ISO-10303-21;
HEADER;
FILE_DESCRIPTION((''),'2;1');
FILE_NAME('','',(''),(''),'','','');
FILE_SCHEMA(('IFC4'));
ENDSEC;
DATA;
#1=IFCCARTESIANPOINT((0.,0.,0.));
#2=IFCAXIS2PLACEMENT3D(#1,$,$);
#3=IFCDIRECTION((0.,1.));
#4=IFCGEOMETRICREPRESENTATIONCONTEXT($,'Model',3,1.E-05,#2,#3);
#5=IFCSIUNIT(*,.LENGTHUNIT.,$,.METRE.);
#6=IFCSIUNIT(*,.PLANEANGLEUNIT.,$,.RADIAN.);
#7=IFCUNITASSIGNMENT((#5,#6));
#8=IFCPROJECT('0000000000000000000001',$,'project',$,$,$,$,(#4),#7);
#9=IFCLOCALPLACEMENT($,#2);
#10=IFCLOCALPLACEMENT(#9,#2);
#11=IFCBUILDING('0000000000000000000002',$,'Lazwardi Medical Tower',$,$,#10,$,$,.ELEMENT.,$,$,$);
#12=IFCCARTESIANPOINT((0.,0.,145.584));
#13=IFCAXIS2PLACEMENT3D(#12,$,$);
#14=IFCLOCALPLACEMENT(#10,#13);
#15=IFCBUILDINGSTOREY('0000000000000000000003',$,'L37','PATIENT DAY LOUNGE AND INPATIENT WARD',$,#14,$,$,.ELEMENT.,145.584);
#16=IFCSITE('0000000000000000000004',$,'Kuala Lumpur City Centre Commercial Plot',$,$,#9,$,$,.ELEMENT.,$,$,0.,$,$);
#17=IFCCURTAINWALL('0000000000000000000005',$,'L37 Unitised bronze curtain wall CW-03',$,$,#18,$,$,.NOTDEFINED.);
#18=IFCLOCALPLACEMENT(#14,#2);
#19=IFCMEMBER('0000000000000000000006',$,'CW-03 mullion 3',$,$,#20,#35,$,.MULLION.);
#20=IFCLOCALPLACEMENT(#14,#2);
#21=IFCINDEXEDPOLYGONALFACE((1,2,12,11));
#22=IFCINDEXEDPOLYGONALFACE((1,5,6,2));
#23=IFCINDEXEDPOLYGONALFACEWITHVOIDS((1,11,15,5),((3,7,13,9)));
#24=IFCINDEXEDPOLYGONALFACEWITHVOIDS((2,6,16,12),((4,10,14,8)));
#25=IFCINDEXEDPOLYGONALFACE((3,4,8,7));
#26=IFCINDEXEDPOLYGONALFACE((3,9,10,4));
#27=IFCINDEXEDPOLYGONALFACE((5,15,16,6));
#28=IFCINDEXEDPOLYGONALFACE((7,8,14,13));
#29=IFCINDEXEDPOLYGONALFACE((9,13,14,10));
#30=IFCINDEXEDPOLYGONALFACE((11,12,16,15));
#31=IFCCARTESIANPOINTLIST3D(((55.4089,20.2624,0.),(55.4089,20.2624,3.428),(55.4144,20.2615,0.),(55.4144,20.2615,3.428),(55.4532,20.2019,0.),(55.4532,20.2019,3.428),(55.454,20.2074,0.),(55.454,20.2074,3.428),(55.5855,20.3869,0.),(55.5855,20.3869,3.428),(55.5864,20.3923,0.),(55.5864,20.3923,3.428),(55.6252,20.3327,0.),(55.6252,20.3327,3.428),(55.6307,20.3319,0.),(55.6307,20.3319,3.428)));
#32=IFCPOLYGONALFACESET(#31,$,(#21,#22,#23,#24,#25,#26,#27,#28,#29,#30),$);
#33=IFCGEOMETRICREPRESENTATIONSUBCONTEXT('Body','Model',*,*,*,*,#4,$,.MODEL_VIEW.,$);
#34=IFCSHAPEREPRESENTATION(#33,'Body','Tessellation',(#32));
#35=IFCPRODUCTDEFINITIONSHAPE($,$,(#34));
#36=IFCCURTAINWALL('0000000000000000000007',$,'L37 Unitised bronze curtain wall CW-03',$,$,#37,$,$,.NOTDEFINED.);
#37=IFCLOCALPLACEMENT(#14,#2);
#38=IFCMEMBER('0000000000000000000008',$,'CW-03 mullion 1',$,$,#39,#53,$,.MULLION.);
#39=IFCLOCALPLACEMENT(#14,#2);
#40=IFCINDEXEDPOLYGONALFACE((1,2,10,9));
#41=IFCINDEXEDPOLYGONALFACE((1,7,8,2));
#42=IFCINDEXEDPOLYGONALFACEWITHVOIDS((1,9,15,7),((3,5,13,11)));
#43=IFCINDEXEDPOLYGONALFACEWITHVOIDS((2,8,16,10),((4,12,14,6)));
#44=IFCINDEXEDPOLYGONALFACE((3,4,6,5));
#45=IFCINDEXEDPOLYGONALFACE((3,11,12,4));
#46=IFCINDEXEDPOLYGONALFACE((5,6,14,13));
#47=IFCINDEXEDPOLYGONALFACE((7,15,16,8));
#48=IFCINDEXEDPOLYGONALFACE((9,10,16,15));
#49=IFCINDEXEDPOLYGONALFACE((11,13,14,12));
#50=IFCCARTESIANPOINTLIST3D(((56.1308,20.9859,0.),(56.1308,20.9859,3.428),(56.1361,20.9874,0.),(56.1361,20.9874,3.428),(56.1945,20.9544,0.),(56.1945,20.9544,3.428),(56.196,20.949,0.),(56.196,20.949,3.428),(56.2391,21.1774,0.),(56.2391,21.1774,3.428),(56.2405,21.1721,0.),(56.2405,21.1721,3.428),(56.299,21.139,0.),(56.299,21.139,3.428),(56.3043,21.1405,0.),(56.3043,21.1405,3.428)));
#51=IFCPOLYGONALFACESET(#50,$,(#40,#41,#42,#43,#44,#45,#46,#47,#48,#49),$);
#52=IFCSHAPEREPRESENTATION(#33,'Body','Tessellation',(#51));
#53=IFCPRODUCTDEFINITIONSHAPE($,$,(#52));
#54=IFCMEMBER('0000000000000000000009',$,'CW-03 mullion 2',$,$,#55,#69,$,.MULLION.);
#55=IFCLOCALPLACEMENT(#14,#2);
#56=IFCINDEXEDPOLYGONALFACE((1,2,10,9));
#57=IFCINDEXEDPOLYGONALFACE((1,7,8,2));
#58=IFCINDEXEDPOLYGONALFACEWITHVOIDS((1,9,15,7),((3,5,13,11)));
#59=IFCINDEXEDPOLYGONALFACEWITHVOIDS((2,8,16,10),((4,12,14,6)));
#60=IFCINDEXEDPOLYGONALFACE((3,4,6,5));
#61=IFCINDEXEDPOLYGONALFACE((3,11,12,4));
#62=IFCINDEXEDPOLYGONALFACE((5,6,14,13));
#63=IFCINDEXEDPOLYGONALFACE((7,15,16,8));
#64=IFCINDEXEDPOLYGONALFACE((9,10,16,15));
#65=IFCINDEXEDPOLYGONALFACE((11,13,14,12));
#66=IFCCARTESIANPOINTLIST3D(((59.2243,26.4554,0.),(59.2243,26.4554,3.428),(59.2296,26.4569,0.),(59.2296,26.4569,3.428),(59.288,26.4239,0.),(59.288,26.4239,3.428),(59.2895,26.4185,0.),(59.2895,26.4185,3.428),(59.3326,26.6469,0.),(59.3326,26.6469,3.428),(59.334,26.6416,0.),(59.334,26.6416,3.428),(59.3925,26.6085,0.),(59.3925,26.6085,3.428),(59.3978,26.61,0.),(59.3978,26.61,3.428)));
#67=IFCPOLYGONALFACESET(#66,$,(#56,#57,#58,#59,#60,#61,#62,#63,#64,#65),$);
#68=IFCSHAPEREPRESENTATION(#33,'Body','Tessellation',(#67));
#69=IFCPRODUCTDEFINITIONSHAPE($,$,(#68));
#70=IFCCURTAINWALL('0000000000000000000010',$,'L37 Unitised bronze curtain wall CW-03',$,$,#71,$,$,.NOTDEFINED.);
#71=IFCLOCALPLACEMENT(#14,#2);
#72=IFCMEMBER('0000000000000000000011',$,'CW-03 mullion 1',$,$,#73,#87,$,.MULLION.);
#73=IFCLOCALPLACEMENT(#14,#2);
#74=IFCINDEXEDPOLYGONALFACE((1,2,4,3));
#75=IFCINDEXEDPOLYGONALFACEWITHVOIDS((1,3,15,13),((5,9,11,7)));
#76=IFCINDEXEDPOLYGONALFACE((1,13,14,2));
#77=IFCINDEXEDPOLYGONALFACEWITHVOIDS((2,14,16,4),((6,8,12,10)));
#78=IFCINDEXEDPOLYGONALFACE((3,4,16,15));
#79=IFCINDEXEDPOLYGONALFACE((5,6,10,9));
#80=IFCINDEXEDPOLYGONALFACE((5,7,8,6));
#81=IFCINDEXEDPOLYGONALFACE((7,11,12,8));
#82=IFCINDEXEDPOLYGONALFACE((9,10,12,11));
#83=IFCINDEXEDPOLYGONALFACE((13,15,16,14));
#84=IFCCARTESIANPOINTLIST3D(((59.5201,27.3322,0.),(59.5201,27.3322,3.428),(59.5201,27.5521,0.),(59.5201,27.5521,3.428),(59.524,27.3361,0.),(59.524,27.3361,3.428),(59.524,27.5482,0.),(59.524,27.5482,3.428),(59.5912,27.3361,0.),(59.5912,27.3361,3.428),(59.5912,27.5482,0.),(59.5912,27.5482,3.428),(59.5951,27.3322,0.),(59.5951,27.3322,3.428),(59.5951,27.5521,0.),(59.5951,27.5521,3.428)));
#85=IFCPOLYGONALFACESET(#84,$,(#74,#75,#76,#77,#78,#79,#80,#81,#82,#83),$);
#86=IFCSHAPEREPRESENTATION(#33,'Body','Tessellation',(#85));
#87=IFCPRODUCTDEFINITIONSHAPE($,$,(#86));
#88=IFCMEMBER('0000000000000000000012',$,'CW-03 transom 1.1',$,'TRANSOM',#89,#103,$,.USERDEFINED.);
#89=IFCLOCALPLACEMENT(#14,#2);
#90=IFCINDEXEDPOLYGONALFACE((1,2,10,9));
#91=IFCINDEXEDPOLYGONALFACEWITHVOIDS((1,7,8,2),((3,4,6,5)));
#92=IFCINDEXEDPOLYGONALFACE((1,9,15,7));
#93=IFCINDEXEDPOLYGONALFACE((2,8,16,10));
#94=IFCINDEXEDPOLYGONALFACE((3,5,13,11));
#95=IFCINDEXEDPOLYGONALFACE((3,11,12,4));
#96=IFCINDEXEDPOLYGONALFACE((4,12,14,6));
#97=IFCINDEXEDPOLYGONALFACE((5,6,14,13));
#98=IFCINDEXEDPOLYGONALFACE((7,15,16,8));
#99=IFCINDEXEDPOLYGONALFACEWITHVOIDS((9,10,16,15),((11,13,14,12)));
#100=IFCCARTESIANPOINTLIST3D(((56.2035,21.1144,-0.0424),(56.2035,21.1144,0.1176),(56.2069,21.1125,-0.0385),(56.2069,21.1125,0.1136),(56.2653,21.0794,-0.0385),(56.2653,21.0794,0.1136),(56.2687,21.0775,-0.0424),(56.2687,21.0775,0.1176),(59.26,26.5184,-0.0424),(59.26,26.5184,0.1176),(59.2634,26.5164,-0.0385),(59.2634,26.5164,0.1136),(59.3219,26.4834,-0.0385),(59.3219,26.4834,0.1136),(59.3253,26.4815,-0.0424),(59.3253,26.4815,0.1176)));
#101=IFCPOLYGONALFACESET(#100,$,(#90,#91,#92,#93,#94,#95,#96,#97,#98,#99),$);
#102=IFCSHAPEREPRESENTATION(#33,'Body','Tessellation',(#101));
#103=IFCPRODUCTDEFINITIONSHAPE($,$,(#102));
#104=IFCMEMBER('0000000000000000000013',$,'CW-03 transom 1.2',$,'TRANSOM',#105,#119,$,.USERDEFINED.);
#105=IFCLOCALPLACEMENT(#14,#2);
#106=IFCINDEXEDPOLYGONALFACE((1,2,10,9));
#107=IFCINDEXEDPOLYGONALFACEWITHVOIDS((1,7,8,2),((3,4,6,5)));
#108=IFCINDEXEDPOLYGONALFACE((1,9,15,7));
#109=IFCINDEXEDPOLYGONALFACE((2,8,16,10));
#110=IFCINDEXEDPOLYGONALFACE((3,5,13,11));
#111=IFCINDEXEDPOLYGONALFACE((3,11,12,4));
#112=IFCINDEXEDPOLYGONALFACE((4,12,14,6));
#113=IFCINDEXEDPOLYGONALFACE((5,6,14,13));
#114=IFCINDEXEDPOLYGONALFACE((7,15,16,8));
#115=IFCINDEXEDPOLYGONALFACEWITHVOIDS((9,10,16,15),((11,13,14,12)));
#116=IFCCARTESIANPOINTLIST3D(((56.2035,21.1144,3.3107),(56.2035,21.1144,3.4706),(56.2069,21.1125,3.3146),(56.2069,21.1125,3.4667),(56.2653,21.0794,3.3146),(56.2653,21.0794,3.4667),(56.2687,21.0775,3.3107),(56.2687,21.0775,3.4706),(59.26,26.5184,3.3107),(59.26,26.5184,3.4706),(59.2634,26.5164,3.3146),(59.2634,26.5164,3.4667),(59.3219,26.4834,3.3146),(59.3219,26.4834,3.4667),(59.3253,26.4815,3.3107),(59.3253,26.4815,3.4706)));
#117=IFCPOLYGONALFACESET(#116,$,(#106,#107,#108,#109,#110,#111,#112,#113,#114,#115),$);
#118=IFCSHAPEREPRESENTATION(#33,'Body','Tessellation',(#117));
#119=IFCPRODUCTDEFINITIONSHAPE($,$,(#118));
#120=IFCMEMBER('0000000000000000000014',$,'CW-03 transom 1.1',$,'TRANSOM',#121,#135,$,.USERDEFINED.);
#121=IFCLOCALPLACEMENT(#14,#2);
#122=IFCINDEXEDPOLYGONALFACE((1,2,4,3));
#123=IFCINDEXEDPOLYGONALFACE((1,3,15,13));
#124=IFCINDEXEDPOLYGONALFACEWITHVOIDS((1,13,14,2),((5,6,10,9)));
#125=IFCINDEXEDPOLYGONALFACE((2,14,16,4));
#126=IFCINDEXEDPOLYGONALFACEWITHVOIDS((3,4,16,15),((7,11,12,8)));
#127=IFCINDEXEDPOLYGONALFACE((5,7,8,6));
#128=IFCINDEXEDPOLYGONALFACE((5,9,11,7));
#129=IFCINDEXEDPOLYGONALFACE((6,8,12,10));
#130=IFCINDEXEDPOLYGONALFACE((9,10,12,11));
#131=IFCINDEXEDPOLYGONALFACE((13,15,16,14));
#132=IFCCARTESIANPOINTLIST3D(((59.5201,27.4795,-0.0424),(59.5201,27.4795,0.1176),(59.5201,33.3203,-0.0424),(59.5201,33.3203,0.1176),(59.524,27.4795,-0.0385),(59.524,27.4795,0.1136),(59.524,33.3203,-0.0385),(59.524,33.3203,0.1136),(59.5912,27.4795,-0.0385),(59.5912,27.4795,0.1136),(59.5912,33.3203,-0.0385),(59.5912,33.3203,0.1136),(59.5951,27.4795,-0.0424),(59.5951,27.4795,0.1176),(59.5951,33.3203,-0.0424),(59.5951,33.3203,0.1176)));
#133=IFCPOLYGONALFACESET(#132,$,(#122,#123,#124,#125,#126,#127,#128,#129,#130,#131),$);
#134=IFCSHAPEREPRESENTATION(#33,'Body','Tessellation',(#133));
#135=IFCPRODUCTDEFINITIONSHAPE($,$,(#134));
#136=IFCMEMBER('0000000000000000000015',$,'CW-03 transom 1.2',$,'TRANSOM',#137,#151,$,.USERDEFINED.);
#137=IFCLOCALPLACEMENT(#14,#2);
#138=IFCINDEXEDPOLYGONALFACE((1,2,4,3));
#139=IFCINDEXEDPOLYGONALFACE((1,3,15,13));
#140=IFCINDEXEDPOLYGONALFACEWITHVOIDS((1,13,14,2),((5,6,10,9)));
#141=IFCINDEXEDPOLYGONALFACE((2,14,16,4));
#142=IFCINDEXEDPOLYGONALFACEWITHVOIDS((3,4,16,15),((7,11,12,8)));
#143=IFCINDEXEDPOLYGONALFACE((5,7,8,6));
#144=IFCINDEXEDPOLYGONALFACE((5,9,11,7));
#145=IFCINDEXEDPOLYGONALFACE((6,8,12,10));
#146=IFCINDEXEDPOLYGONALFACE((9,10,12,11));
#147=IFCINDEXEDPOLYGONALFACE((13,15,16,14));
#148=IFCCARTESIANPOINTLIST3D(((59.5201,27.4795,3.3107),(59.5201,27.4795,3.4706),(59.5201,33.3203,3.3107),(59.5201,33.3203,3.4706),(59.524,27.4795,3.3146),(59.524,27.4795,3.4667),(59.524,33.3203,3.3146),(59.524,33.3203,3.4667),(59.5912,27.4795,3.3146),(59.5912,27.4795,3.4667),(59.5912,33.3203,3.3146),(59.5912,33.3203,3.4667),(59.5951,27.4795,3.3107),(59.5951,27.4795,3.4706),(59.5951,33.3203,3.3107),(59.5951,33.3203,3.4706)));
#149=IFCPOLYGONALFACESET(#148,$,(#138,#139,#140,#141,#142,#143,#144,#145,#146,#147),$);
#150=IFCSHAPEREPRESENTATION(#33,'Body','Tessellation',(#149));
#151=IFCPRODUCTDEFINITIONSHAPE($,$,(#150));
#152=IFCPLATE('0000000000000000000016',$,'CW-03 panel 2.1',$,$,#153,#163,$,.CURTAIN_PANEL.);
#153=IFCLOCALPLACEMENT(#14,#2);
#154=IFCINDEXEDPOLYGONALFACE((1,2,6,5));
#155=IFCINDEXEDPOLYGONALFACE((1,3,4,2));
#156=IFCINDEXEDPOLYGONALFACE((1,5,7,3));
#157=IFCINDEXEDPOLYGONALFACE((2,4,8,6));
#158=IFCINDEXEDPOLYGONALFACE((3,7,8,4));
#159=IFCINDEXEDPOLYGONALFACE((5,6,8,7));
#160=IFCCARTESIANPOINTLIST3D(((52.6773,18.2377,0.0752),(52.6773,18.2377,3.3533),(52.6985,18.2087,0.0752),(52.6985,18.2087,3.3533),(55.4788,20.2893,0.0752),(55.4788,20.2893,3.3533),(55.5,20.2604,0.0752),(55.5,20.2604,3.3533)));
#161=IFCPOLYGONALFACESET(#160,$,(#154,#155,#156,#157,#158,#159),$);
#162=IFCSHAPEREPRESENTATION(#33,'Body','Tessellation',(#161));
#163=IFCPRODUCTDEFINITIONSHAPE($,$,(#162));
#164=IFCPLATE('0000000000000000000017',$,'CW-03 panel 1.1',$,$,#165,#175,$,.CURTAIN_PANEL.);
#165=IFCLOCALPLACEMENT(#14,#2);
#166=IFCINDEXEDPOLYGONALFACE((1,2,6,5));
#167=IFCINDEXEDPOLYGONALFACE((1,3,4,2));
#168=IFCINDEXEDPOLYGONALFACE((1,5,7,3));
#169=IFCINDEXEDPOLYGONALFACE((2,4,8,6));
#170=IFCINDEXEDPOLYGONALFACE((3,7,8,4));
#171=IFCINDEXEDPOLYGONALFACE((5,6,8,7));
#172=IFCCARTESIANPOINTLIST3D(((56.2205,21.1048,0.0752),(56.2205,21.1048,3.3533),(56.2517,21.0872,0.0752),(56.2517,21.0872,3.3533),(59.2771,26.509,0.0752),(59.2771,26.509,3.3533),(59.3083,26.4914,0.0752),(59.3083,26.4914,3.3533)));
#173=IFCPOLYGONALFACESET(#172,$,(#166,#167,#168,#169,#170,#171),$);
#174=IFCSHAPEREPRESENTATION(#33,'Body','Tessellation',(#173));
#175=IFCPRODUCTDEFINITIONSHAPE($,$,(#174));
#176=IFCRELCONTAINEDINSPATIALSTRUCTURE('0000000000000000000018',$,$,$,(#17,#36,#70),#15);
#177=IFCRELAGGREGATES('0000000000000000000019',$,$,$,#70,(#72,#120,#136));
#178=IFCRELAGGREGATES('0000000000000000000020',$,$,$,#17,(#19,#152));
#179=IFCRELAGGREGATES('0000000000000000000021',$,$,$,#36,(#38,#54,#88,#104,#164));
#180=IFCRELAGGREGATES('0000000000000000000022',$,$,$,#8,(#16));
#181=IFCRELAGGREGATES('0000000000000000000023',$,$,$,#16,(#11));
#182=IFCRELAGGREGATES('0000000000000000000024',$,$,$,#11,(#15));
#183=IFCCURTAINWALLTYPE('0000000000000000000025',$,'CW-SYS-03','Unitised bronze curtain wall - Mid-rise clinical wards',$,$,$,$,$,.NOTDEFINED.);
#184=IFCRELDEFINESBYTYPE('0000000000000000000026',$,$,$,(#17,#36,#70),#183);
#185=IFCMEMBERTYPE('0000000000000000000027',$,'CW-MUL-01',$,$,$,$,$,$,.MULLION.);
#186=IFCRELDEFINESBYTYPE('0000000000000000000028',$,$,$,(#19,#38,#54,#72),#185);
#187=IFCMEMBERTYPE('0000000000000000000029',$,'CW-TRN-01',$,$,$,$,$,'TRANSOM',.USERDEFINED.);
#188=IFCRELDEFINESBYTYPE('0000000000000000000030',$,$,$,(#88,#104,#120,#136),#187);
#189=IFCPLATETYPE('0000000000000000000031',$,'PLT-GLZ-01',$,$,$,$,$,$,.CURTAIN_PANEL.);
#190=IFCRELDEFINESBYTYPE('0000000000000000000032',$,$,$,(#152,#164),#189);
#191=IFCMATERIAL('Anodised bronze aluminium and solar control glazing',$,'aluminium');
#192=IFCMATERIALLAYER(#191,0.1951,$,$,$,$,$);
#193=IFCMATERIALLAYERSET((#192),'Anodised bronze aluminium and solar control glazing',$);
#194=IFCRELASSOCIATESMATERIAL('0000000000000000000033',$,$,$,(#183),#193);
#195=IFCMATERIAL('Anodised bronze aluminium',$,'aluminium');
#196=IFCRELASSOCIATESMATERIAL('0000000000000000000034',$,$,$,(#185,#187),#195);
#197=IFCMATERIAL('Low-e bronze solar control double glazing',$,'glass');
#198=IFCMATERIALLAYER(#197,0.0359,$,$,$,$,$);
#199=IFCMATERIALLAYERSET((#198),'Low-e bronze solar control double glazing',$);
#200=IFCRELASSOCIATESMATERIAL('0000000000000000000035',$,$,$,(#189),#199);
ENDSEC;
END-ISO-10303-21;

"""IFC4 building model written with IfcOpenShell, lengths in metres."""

from ifc_helpers import new_model, si_unit, direction, frame, origin, origin_2d, place, context, subcontext, project, spatial, rectangle, hollow_rectangle, extrude, material, layer, layer_set, material_profile, profile_set, type_object, element, aggregate, save


model = new_model("IFC4")

# Units and contexts
model_context = context("Model", 3, precision=1e-05, world=origin(), true_north=direction((0.0, 1.0)))
body_context = subcontext(model_context, "Body", "Model", "MODEL_VIEW")
ifc_project = project(units=[si_unit("LENGTHUNIT", "METRE"), si_unit("PLANEANGLEUNIT", "RADIAN")], contexts=[model_context])

# Site, building, storey
site_placement = place(None, origin())
site = spatial("IfcSite", under=ifc_project, at=site_placement, Name="Kuala Lumpur City Centre Commercial Plot", CompositionType="ELEMENT", RefElevation=0.0)
building_placement = place(site_placement, origin())
building = spatial("IfcBuilding", under=site, at=building_placement, Name="Lazwardi Medical Tower", CompositionType="ELEMENT")
storey_placement = place(building_placement, frame((0.0, 0.0, 145.584)))
storey = spatial("IfcBuildingStorey", under=building, at=storey_placement, Name="L37", Description="PATIENT DAY LOUNGE AND INPATIENT WARD", CompositionType="ELEMENT", Elevation=145.584)

# Curtain wall, member
ifc_material_1 = material(Name="Anodised bronze aluminium and solar control glazing", Category="aluminium")
ifc_layer_1 = layer(ifc_material_1, 0.1951)
ifc_layer_set_1 = layer_set([ifc_layer_1], Name="Anodised bronze aluminium and solar control glazing")
curtain_wall_type = type_object("IfcCurtainWallType", Name="CW-SYS-03", Description="Unitised bronze curtain wall - Mid-rise clinical wards", PredefinedType="NOTDEFINED", material=ifc_layer_set_1)
curtain_wall_1_placement = place(storey_placement, origin())
curtain_wall_1 = element("IfcCurtainWall", 1, at=curtain_wall_1_placement, inside=storey, type_object=curtain_wall_type, Name="L37 Unitised bronze curtain wall CW-03", PredefinedType="NOTDEFINED")
ifc_material_2 = material(Name="Anodised bronze aluminium", Category="aluminium")
ifc_material_profile_1 = material_profile(ifc_material_2, hollow_rectangle(XDim=0.075, YDim=0.22, WallThickness=0.0039, at=origin_2d()), Name="ALU-MULLION 220x75x4")
ifc_profile_set_1 = profile_set([ifc_material_profile_1], Name="Anodised bronze aluminium")
member_type_1 = type_object("IfcMemberType", Name="CW-MUL-01", PredefinedType="MULLION", material=ifc_profile_set_1)
member_1_placement = place(storey_placement, frame((55.5198, 20.2971, 0.0), z_axis=(0.0, 0.0, 1.0), x_axis=(-0.590834, 0.806793, 0.0)))
member_1 = element("IfcMember", 2, at=member_1_placement, type_object=member_type_1, Name="CW-03 mullion 3", PredefinedType="MULLION", context=body_context, shape_type="SweptSolid", body=[
    extrude(hollow_rectangle(XDim=0.075, YDim=0.22, WallThickness=0.0039, at=origin_2d()), origin(), (0.0, 0.0, 1.0), 3.428),
])

# Curtain wall, members
curtain_wall_2_placement = place(storey_placement, origin())
curtain_wall_2 = element("IfcCurtainWall", 3, at=curtain_wall_2_placement, inside=storey, type_object=curtain_wall_type, Name="L37 Unitised bronze curtain wall CW-03", PredefinedType="NOTDEFINED")
member_2_placement = place(storey_placement, frame((56.2175, 21.0632, 0.0), z_axis=(0.0, 0.0, 1.0), x_axis=(-0.870419, 0.492312, 0.0)))
member_2 = element("IfcMember", 4, at=member_2_placement, type_object=member_type_1, Name="CW-03 mullion 1", PredefinedType="MULLION", context=body_context, shape_type="SweptSolid", body=[
    extrude(hollow_rectangle(XDim=0.075, YDim=0.22, WallThickness=0.0039, at=origin_2d()), origin(), (0.0, 0.0, 1.0), 3.428),
])
member_3_placement = place(storey_placement, frame((59.311, 26.5327, 0.0), z_axis=(0.0, 0.0, 1.0), x_axis=(-0.870419, 0.492312, 0.0)))
member_3 = element("IfcMember", 5, at=member_3_placement, type_object=member_type_1, Name="CW-03 mullion 2", PredefinedType="MULLION", context=body_context, shape_type="SweptSolid", body=[
    extrude(hollow_rectangle(XDim=0.075, YDim=0.22, WallThickness=0.0039, at=origin_2d()), origin(), (0.0, 0.0, 1.0), 3.428),
])

# Curtain wall, member
curtain_wall_3_placement = place(storey_placement, origin())
curtain_wall_3 = element("IfcCurtainWall", 6, at=curtain_wall_3_placement, inside=storey, type_object=curtain_wall_type, Name="L37 Unitised bronze curtain wall CW-03", PredefinedType="NOTDEFINED")
member_4_placement = place(storey_placement, frame((59.5576, 27.4421, 0.0), z_axis=(0.0, 0.0, 1.0), x_axis=(-1.0, 0.0, 0.0)))
member_4 = element("IfcMember", 7, at=member_4_placement, type_object=member_type_1, Name="CW-03 mullion 1", PredefinedType="MULLION", context=body_context, shape_type="SweptSolid", body=[
    extrude(hollow_rectangle(XDim=0.075, YDim=0.22, WallThickness=0.0039, at=origin_2d()), origin(), (0.0, 0.0, 1.0), 3.428),
])

# Members
ifc_material_profile_2 = material_profile(ifc_material_2, hollow_rectangle(XDim=0.075, YDim=0.1599, WallThickness=0.0039, at=origin_2d()), Name="ALU-TRANSOM 160x75x4")
ifc_profile_set_2 = profile_set([ifc_material_profile_2], Name="Anodised bronze aluminium")
member_type_2 = type_object("IfcMemberType", Name="CW-TRN-01", ElementType="TRANSOM", PredefinedType="USERDEFINED", material=ifc_profile_set_2)
member_5_placement = place(storey_placement, frame((56.2361, 21.0959, 0.0376), z_axis=(0.492323, 0.870413, 0.0), x_axis=(-0.870413, 0.492323, 0.0)))
member_5 = element("IfcMember", 8, at=member_5_placement, type_object=member_type_2, Name="CW-03 transom 1.1", ObjectType="TRANSOM", PredefinedType="USERDEFINED", context=body_context, shape_type="SweptSolid", body=[
    extrude(hollow_rectangle(XDim=0.075, YDim=0.1599, WallThickness=0.0039, at=origin_2d()), origin(), (0.0, 0.0, 1.0), 6.2085),
])
member_6_placement = place(storey_placement, frame((56.2361, 21.0959, 3.3906), z_axis=(0.492323, 0.870413, 0.0), x_axis=(-0.870413, 0.492323, 0.0)))
member_6 = element("IfcMember", 9, at=member_6_placement, type_object=member_type_2, Name="CW-03 transom 1.2", ObjectType="TRANSOM", PredefinedType="USERDEFINED", context=body_context, shape_type="SweptSolid", body=[
    extrude(hollow_rectangle(XDim=0.075, YDim=0.1599, WallThickness=0.0039, at=origin_2d()), origin(), (0.0, 0.0, 1.0), 6.2085),
])
member_7_placement = place(storey_placement, frame((59.5576, 27.4795, 0.0376), z_axis=(0.0, 1.0, 0.0), x_axis=(-1.0, 0.0, 0.0)))
member_7 = element("IfcMember", 10, at=member_7_placement, type_object=member_type_2, Name="CW-03 transom 1.1", ObjectType="TRANSOM", PredefinedType="USERDEFINED", context=body_context, shape_type="SweptSolid", body=[
    extrude(hollow_rectangle(XDim=0.075, YDim=0.1599, WallThickness=0.0039, at=origin_2d()), origin(), (0.0, 0.0, 1.0), 5.8408),
])
member_8_placement = place(storey_placement, frame((59.5576, 27.4795, 3.3906), z_axis=(0.0, 1.0, 0.0), x_axis=(-1.0, 0.0, 0.0)))
member_8 = element("IfcMember", 11, at=member_8_placement, type_object=member_type_2, Name="CW-03 transom 1.2", ObjectType="TRANSOM", PredefinedType="USERDEFINED", context=body_context, shape_type="SweptSolid", body=[
    extrude(hollow_rectangle(XDim=0.075, YDim=0.1599, WallThickness=0.0039, at=origin_2d()), origin(), (0.0, 0.0, 1.0), 5.8408),
])
aggregate(curtain_wall_3, [member_4, member_7, member_8])

# Plates
ifc_material_3 = material(Name="Low-e bronze solar control double glazing", Category="glass")
ifc_layer_2 = layer(ifc_material_3, 0.0359)
ifc_layer_set_2 = layer_set([ifc_layer_2], Name="Low-e bronze solar control double glazing")
plate_type = type_object("IfcPlateType", Name="PLT-GLZ-01", PredefinedType="CURTAIN_PANEL", material=ifc_layer_set_2)
plate_1_placement = place(storey_placement, frame((54.0886, 19.249, 0.0752), z_axis=(0.0, 0.0, 1.0), x_axis=(0.806793, 0.590834, 0.0)))
plate_1 = element("IfcPlate", 12, at=plate_1_placement, type_object=plate_type, Name="CW-03 panel 2.1", PredefinedType="CURTAIN_PANEL", context=body_context, shape_type="SweptSolid", body=[
    extrude(rectangle(XDim=3.4724, YDim=0.0359, at=origin_2d()), origin(), (0.0, 0.0, 1.0), 3.2781),
])
aggregate(curtain_wall_1, [member_1, plate_1])
plate_2_placement = place(storey_placement, frame((57.7644, 23.7981, 0.0752), z_axis=(0.0, 0.0, 1.0), x_axis=(0.492312, 0.870419, 0.0)))
plate_2 = element("IfcPlate", 13, at=plate_2_placement, type_object=plate_type, Name="CW-03 panel 1.1", PredefinedType="CURTAIN_PANEL", context=body_context, shape_type="SweptSolid", body=[
    extrude(rectangle(XDim=6.2087, YDim=0.0359, at=origin_2d()), origin(), (0.0, 0.0, 1.0), 3.2781),
])
aggregate(curtain_wall_2, [member_2, member_3, member_5, member_6, plate_2])

save(model, "model.ifc")
